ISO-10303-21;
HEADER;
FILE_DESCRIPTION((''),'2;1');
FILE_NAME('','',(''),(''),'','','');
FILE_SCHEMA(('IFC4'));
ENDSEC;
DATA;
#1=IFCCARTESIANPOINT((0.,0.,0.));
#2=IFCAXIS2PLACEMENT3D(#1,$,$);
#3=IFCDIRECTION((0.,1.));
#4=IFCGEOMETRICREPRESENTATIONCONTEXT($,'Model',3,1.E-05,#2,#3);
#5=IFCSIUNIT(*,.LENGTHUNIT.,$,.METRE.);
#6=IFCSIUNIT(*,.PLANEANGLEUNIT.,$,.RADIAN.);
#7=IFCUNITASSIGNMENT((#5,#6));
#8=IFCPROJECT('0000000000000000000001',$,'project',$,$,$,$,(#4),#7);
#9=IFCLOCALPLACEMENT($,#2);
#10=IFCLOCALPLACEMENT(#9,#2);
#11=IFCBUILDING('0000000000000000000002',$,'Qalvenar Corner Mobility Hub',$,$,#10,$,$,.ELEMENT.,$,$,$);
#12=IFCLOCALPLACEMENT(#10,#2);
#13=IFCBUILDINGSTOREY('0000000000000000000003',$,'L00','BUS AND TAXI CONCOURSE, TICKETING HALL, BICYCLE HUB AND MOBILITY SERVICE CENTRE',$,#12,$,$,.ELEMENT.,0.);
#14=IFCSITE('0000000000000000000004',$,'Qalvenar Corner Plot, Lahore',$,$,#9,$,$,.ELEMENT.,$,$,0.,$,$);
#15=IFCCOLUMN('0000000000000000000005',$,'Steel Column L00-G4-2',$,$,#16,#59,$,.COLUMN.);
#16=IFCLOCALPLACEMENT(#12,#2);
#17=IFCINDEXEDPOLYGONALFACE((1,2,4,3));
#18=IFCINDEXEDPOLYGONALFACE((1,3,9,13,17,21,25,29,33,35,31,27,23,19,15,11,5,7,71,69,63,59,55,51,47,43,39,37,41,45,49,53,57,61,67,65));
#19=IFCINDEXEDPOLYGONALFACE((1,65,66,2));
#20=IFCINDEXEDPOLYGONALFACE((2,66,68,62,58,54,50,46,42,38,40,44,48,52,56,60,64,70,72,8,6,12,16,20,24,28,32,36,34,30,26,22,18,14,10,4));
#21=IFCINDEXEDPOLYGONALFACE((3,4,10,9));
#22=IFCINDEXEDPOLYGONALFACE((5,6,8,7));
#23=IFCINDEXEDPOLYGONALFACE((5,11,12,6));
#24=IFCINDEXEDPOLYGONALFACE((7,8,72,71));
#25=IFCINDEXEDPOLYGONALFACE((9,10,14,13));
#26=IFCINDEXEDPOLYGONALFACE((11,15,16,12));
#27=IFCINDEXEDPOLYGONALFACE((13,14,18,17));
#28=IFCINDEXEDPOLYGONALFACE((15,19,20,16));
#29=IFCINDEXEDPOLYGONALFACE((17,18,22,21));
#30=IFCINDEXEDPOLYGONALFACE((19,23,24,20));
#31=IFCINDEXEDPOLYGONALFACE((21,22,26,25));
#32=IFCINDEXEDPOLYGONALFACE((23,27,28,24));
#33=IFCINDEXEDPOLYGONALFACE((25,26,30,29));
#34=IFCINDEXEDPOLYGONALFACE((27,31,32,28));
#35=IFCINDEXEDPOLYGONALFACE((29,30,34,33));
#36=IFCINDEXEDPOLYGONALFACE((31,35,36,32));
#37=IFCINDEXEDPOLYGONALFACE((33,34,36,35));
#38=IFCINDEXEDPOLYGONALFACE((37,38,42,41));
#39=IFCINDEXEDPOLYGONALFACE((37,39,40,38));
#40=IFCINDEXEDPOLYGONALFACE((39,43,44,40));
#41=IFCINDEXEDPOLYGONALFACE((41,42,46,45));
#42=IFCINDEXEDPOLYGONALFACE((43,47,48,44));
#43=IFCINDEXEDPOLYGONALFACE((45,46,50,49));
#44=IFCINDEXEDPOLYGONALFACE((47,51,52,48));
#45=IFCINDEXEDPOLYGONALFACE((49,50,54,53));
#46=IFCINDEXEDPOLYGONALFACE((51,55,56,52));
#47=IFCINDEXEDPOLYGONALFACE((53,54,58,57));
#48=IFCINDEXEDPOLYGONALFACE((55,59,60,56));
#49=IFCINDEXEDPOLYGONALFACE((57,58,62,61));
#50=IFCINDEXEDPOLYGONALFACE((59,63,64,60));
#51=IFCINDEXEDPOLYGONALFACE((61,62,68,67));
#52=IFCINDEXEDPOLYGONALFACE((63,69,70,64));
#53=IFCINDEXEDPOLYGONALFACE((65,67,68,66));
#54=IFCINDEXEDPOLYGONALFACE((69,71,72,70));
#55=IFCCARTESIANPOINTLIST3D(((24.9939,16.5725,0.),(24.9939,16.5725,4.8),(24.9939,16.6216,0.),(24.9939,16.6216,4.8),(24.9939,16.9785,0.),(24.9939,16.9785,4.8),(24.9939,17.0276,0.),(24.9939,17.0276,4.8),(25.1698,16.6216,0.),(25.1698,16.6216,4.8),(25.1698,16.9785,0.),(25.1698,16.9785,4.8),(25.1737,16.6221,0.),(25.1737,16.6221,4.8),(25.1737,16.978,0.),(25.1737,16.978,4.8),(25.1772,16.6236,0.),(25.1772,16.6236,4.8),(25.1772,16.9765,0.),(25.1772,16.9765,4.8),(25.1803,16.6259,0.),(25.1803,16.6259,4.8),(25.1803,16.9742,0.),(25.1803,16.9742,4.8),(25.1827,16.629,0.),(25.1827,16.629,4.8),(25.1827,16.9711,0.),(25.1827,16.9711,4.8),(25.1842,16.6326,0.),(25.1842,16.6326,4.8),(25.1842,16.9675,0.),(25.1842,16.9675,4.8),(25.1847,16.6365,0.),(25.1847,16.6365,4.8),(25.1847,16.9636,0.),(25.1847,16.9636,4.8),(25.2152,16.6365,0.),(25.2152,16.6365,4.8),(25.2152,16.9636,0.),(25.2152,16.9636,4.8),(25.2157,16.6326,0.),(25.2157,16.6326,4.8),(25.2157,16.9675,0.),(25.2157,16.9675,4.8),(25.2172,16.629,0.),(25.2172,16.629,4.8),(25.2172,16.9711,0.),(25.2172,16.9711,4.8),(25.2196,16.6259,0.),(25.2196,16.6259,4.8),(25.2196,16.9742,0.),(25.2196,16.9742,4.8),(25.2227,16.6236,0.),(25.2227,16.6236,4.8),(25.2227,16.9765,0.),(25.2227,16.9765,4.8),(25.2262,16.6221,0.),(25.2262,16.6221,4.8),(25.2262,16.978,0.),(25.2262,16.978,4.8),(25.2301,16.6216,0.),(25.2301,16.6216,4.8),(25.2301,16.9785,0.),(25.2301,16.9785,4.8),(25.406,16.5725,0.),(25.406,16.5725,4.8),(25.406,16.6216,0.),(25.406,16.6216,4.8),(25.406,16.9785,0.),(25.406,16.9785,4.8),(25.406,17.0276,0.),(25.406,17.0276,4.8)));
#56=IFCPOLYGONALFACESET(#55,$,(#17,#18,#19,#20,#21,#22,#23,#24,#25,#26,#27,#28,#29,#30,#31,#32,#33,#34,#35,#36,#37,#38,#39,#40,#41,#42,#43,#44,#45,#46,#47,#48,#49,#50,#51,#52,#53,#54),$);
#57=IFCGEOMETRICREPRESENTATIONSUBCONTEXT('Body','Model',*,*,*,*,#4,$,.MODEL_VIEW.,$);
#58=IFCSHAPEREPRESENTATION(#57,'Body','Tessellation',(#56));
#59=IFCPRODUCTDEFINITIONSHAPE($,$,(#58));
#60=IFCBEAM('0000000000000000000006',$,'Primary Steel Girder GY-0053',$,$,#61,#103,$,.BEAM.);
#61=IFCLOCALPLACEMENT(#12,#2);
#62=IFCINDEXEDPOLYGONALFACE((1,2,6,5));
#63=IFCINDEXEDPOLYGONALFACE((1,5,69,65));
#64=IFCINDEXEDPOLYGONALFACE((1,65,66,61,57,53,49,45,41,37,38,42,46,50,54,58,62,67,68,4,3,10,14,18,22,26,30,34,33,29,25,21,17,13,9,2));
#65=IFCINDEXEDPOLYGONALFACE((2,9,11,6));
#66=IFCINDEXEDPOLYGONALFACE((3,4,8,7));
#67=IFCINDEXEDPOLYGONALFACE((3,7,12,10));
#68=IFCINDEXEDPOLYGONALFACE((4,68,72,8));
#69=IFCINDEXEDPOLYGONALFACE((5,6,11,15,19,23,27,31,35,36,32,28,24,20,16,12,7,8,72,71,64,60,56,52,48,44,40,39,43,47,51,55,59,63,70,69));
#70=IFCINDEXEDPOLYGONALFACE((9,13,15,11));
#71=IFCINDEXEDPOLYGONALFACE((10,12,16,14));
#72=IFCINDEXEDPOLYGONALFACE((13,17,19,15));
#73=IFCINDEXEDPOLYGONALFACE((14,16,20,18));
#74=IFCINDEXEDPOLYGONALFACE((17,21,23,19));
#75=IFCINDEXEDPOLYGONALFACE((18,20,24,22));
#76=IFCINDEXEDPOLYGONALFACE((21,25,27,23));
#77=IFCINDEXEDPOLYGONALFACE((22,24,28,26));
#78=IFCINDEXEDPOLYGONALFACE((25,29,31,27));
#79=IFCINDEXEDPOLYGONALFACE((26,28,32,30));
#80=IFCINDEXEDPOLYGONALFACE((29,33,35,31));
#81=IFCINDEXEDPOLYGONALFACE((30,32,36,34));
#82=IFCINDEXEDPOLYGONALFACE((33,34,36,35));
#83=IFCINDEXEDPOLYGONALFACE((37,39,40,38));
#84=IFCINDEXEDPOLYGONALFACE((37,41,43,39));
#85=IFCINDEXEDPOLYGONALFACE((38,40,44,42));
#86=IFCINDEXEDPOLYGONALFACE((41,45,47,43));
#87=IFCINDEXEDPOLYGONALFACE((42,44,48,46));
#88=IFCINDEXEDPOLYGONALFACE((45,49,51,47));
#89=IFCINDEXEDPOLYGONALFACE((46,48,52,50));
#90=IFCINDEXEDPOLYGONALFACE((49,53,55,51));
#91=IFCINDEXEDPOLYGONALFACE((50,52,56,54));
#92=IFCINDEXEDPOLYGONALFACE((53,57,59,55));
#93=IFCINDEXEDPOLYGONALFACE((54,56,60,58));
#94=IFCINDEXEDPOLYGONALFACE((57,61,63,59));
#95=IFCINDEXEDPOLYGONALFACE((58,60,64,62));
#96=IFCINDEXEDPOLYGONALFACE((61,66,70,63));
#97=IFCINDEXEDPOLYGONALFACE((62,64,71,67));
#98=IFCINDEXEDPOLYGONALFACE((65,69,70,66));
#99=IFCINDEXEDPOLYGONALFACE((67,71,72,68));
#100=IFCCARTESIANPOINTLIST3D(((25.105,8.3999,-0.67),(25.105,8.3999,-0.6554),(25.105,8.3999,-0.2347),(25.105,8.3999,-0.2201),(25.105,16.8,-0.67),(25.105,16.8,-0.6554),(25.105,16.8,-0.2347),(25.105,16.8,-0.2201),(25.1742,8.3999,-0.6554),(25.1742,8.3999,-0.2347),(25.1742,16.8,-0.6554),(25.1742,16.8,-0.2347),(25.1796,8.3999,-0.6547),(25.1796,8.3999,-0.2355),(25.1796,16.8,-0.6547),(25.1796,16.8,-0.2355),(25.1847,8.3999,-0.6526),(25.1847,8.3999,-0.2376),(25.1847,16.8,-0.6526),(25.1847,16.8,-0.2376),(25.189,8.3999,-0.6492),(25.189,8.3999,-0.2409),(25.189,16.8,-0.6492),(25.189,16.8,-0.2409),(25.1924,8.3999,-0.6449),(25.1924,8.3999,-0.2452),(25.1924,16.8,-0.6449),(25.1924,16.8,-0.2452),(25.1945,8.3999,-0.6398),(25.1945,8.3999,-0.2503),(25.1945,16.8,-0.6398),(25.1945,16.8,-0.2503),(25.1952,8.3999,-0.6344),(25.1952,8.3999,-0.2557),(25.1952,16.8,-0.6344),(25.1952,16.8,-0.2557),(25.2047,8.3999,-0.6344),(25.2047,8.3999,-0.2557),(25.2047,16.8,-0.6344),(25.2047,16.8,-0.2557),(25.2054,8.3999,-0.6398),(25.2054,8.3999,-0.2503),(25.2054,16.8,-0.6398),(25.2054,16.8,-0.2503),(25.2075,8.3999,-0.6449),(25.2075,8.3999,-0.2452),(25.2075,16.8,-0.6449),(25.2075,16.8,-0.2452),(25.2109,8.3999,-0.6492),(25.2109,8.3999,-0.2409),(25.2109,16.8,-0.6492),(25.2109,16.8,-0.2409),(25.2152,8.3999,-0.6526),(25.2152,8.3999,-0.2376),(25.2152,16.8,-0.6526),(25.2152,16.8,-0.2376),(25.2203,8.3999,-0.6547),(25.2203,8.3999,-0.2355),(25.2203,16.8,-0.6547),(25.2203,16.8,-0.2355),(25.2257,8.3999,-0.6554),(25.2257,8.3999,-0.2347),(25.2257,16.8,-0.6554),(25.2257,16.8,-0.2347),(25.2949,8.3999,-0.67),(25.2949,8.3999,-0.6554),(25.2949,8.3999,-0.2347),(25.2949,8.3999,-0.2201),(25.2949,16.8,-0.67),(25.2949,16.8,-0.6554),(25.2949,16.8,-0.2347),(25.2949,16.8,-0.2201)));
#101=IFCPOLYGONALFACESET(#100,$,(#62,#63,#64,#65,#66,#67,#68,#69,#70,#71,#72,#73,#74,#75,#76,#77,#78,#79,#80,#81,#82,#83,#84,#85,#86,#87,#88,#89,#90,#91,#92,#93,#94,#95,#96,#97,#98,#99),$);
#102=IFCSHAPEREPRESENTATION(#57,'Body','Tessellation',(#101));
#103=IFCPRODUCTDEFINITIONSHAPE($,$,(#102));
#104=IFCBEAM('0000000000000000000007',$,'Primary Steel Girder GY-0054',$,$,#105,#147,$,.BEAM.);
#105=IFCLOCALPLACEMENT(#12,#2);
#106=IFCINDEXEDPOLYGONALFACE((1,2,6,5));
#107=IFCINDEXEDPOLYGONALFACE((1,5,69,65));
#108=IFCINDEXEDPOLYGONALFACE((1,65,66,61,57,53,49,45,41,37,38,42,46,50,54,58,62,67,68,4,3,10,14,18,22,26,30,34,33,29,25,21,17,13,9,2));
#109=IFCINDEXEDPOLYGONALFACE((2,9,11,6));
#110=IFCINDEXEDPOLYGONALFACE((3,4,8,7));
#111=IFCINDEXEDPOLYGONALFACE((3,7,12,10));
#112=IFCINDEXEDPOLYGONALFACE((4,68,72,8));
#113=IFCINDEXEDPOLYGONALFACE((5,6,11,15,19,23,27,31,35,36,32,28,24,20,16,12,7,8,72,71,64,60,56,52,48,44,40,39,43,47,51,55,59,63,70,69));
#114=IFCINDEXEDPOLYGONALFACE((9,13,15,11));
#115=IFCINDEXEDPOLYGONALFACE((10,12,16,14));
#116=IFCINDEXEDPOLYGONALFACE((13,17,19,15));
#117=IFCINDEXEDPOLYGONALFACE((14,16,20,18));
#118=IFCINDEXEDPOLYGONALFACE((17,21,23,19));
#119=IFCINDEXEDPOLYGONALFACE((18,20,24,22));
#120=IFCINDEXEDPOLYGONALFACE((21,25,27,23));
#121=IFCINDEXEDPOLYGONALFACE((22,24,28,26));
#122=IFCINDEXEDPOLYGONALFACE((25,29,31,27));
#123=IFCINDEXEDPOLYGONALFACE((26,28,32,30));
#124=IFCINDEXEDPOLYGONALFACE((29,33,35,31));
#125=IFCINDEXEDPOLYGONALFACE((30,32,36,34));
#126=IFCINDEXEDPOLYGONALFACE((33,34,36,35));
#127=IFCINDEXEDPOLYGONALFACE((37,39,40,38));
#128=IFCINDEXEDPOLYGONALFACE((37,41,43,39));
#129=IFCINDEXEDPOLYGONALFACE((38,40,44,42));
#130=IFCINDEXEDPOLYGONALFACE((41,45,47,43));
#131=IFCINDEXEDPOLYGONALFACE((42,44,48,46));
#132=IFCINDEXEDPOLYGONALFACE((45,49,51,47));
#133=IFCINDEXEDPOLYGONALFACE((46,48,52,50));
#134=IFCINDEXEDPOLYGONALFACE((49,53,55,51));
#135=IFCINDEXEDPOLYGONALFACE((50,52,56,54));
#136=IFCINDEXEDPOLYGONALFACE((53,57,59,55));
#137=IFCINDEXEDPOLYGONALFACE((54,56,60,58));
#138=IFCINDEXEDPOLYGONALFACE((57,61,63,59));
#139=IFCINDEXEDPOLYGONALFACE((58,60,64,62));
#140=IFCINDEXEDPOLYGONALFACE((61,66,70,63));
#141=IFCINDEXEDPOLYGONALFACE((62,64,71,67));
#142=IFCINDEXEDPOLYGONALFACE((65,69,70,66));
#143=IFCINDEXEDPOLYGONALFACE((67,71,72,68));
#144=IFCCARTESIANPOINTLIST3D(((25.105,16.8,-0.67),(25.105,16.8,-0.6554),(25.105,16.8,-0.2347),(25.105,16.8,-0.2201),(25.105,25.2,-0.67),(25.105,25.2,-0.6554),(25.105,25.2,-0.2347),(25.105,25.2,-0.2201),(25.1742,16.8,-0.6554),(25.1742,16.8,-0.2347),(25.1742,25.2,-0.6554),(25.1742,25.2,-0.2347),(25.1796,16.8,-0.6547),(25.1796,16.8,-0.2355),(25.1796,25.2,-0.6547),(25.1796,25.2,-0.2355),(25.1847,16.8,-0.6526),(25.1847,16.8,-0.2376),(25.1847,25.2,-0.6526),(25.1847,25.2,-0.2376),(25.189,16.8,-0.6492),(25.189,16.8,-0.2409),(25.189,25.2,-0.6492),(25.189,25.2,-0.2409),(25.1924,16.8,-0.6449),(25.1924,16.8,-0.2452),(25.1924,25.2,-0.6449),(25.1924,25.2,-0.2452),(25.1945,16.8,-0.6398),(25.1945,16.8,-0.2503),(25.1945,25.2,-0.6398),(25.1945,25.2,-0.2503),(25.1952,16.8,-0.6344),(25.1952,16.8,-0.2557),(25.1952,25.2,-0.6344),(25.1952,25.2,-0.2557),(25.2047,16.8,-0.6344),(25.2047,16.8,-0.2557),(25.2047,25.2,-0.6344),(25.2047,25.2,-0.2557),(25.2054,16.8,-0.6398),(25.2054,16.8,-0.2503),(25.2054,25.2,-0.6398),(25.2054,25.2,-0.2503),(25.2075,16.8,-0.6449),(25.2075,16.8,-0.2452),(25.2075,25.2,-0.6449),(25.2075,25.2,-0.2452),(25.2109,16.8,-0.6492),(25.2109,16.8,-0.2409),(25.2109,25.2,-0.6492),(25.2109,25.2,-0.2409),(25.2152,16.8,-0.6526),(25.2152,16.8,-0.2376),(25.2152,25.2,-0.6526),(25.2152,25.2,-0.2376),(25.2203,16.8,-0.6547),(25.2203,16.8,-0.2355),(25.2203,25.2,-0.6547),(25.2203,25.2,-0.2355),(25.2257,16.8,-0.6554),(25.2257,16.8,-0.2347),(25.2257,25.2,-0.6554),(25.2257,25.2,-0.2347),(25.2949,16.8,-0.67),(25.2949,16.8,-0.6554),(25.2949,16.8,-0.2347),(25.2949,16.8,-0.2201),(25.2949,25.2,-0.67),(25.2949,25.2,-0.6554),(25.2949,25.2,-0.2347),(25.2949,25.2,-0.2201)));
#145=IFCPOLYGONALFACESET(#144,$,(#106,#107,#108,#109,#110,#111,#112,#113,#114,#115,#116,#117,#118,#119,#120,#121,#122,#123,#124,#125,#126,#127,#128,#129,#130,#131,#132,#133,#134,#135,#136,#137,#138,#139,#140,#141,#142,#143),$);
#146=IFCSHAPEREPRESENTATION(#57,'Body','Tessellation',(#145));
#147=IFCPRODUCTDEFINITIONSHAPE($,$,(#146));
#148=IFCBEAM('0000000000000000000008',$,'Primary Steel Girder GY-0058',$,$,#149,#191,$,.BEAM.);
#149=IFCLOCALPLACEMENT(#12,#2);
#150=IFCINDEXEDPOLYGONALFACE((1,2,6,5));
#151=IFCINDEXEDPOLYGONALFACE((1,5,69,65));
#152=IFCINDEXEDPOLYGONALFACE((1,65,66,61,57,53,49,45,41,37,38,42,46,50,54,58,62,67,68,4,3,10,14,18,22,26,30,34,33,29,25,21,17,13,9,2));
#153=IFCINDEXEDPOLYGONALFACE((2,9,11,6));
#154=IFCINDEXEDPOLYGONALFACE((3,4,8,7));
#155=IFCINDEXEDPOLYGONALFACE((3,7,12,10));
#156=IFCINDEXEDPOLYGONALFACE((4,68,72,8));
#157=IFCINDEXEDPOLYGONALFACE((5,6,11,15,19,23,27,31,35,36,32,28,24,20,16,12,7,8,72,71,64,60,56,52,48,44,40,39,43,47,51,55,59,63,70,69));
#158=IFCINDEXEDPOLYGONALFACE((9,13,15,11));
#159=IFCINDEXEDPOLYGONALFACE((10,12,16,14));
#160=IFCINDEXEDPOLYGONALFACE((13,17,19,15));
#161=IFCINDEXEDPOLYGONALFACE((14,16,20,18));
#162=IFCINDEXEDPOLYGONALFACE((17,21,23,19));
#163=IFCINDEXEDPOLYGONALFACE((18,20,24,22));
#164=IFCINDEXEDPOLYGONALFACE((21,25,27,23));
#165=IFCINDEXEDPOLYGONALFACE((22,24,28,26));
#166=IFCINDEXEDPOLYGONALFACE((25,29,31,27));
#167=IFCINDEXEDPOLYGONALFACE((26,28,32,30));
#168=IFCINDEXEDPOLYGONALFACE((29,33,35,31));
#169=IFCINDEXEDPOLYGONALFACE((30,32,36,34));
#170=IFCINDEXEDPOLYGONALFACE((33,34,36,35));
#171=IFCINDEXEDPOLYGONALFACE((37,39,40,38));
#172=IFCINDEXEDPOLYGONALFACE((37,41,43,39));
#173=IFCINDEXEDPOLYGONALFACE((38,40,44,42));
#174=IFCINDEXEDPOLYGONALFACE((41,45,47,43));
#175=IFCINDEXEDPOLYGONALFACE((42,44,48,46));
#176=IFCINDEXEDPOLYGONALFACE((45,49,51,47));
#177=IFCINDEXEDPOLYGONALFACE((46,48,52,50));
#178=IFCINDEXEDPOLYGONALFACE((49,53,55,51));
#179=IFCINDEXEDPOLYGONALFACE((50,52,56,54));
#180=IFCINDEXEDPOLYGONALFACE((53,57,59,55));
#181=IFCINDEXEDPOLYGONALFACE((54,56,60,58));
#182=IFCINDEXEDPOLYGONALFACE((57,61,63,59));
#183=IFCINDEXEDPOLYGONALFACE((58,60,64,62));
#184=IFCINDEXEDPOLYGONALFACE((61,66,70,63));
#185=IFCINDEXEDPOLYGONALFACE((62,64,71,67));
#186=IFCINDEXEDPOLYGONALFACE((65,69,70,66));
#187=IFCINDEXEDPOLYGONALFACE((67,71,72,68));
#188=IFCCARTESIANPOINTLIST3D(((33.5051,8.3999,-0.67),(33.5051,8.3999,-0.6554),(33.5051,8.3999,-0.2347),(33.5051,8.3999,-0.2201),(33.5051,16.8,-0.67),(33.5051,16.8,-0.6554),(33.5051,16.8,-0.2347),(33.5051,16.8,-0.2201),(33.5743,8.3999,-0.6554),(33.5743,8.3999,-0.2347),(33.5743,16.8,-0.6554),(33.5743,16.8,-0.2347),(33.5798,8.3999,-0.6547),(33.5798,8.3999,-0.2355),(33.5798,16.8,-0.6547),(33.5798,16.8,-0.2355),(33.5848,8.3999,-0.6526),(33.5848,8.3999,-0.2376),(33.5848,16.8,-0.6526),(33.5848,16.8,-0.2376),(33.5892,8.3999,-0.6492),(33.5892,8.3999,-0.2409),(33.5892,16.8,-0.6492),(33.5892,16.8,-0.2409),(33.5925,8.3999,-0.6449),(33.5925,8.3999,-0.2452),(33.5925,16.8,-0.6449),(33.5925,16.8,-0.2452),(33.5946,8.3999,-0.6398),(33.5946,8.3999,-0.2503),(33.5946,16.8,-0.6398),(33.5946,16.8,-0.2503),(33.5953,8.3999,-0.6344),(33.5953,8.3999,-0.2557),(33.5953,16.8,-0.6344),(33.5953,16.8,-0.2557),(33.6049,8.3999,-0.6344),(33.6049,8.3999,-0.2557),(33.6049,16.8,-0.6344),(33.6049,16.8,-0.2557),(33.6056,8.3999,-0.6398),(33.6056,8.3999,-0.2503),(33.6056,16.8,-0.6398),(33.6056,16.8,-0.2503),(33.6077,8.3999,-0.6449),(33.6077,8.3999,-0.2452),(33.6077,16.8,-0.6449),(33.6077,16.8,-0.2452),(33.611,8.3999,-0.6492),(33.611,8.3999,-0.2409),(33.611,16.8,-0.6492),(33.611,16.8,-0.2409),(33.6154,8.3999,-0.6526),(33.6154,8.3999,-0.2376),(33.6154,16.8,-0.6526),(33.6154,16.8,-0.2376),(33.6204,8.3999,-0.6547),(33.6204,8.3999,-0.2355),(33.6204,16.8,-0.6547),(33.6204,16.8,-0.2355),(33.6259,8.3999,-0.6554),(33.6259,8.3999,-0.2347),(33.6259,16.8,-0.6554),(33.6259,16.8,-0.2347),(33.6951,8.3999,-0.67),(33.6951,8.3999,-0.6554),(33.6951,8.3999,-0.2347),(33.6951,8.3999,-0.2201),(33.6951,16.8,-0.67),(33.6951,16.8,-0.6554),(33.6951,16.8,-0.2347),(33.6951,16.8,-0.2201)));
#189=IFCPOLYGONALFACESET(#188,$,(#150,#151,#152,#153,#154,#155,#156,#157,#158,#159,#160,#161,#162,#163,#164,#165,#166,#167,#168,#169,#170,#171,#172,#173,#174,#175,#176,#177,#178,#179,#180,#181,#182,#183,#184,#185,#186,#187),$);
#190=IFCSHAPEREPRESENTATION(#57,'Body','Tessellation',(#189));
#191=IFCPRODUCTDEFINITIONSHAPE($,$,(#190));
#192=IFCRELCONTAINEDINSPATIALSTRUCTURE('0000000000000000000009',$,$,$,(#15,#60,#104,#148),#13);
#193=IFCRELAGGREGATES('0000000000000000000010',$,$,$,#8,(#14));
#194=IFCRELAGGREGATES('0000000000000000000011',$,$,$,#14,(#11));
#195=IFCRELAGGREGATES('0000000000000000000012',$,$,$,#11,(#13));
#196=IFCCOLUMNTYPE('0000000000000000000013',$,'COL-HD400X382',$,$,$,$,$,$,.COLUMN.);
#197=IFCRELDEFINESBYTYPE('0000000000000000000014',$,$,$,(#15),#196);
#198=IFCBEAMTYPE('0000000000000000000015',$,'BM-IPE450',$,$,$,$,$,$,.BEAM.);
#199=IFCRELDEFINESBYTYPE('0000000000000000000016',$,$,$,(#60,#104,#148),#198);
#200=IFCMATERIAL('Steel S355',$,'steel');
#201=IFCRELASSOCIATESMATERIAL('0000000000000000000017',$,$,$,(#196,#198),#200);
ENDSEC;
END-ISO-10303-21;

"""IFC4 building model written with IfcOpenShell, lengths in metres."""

from ifc_helpers import new_model, si_unit, direction, frame, origin, origin_2d, place, context, subcontext, project, spatial, i_section, extrude, material, material_profile, profile_set, type_object, element, save


model = new_model("IFC4")

# Units and contexts
model_context = context("Model", 3, precision=1e-05, world=origin(), true_north=direction((0.0, 1.0)))
body_context = subcontext(model_context, "Body", "Model", "MODEL_VIEW")
ifc_project = project(units=[si_unit("LENGTHUNIT", "METRE"), si_unit("PLANEANGLEUNIT", "RADIAN")], contexts=[model_context])

# Site, building, storey
site_placement = place(None, origin())
site = spatial("IfcSite", under=ifc_project, at=site_placement, Name="Qalvenar Corner Plot, Lahore", CompositionType="ELEMENT", RefElevation=0.0)
building_placement = place(site_placement, origin())
building = spatial("IfcBuilding", under=site, at=building_placement, Name="Qalvenar Corner Mobility Hub", CompositionType="ELEMENT")
storey_placement = place(building_placement, origin())
storey = spatial("IfcBuildingStorey", under=building, at=storey_placement, Name="L00", Description="BUS AND TAXI CONCOURSE, TICKETING HALL, BICYCLE HUB AND MOBILITY SERVICE CENTRE", CompositionType="ELEMENT", Elevation=0.0)

# Column
ifc_material_1 = material(Name="Steel S355", Category="steel")
ifc_material_profile_1 = material_profile(ifc_material_1, i_section(OverallWidth=0.4121, OverallDepth=0.4551, WebThickness=0.0305, FlangeThickness=0.0491, FilletRadius=0.0149, at=origin_2d()), Name="HD400x421")
ifc_profile_set_1 = profile_set([ifc_material_profile_1], Name="Steel S355")
column_type = type_object("IfcColumnType", Name="COL-HD400X382", PredefinedType="COLUMN", material=ifc_profile_set_1)
column_placement = place(storey_placement, frame((25.2, 16.8, 0.0), z_axis=(0.0, 0.0, 1.0), x_axis=(1.0, 0.0, 0.0)))
element("IfcColumn", 1, at=column_placement, inside=storey, type_object=column_type, Name="Steel Column L00-G4-2", PredefinedType="COLUMN", context=body_context, shape_type="SweptSolid", body=[
    extrude(i_section(OverallWidth=0.4121, OverallDepth=0.4551, WebThickness=0.0305, FlangeThickness=0.0491, FilletRadius=0.0149, at=origin_2d()), origin(), (0.0, 0.0, 1.0), 4.8),
])

# Beams
ifc_material_profile_2 = material_profile(ifc_material_1, i_section(OverallWidth=0.1899, OverallDepth=0.45, WebThickness=0.0095, FlangeThickness=0.0146, FilletRadius=0.021, at=origin_2d()), Name="IPE450")
ifc_profile_set_2 = profile_set([ifc_material_profile_2], Name="Steel S355")
beam_type_1 = type_object("IfcBeamType", Name="BM-IPE450", PredefinedType="BEAM", material=ifc_profile_set_2)
beam_1_placement = place(storey_placement, frame((25.2, 8.3999, -0.4451), z_axis=(0.0, 1.0, 0.0), x_axis=(-1.0, 0.0, 0.0)))
element("IfcBeam", 2, at=beam_1_placement, inside=storey, type_object=beam_type_1, Name="Primary Steel Girder GY-0053", PredefinedType="BEAM", context=body_context, shape_type="SweptSolid", body=[
    extrude(i_section(OverallWidth=0.1899, OverallDepth=0.45, WebThickness=0.0095, FlangeThickness=0.0146, FilletRadius=0.021, at=origin_2d()), origin(), (0.0, 0.0, 1.0), 8.4001),
])
beam_2_placement = place(storey_placement, frame((25.2, 16.8, -0.4451), z_axis=(0.0, 1.0, 0.0), x_axis=(-1.0, 0.0, 0.0)))
element("IfcBeam", 3, at=beam_2_placement, inside=storey, type_object=beam_type_1, Name="Primary Steel Girder GY-0054", PredefinedType="BEAM", context=body_context, shape_type="SweptSolid", body=[
    extrude(i_section(OverallWidth=0.1899, OverallDepth=0.45, WebThickness=0.0095, FlangeThickness=0.0146, FilletRadius=0.021, at=origin_2d()), origin(), (0.0, 0.0, 1.0), 8.3999),
])
beam_3_placement = place(storey_placement, frame((33.6001, 8.3999, -0.4451), z_axis=(0.0, 1.0, 0.0), x_axis=(-1.0, 0.0, 0.0)))
element("IfcBeam", 4, at=beam_3_placement, inside=storey, type_object=beam_type_1, Name="Primary Steel Girder GY-0058", PredefinedType="BEAM", context=body_context, shape_type="SweptSolid", body=[
    extrude(i_section(OverallWidth=0.1899, OverallDepth=0.45, WebThickness=0.0095, FlangeThickness=0.0146, FilletRadius=0.021, at=origin_2d()), origin(), (0.0, 0.0, 1.0), 8.4001),
])

save(model, "model.ifc")
